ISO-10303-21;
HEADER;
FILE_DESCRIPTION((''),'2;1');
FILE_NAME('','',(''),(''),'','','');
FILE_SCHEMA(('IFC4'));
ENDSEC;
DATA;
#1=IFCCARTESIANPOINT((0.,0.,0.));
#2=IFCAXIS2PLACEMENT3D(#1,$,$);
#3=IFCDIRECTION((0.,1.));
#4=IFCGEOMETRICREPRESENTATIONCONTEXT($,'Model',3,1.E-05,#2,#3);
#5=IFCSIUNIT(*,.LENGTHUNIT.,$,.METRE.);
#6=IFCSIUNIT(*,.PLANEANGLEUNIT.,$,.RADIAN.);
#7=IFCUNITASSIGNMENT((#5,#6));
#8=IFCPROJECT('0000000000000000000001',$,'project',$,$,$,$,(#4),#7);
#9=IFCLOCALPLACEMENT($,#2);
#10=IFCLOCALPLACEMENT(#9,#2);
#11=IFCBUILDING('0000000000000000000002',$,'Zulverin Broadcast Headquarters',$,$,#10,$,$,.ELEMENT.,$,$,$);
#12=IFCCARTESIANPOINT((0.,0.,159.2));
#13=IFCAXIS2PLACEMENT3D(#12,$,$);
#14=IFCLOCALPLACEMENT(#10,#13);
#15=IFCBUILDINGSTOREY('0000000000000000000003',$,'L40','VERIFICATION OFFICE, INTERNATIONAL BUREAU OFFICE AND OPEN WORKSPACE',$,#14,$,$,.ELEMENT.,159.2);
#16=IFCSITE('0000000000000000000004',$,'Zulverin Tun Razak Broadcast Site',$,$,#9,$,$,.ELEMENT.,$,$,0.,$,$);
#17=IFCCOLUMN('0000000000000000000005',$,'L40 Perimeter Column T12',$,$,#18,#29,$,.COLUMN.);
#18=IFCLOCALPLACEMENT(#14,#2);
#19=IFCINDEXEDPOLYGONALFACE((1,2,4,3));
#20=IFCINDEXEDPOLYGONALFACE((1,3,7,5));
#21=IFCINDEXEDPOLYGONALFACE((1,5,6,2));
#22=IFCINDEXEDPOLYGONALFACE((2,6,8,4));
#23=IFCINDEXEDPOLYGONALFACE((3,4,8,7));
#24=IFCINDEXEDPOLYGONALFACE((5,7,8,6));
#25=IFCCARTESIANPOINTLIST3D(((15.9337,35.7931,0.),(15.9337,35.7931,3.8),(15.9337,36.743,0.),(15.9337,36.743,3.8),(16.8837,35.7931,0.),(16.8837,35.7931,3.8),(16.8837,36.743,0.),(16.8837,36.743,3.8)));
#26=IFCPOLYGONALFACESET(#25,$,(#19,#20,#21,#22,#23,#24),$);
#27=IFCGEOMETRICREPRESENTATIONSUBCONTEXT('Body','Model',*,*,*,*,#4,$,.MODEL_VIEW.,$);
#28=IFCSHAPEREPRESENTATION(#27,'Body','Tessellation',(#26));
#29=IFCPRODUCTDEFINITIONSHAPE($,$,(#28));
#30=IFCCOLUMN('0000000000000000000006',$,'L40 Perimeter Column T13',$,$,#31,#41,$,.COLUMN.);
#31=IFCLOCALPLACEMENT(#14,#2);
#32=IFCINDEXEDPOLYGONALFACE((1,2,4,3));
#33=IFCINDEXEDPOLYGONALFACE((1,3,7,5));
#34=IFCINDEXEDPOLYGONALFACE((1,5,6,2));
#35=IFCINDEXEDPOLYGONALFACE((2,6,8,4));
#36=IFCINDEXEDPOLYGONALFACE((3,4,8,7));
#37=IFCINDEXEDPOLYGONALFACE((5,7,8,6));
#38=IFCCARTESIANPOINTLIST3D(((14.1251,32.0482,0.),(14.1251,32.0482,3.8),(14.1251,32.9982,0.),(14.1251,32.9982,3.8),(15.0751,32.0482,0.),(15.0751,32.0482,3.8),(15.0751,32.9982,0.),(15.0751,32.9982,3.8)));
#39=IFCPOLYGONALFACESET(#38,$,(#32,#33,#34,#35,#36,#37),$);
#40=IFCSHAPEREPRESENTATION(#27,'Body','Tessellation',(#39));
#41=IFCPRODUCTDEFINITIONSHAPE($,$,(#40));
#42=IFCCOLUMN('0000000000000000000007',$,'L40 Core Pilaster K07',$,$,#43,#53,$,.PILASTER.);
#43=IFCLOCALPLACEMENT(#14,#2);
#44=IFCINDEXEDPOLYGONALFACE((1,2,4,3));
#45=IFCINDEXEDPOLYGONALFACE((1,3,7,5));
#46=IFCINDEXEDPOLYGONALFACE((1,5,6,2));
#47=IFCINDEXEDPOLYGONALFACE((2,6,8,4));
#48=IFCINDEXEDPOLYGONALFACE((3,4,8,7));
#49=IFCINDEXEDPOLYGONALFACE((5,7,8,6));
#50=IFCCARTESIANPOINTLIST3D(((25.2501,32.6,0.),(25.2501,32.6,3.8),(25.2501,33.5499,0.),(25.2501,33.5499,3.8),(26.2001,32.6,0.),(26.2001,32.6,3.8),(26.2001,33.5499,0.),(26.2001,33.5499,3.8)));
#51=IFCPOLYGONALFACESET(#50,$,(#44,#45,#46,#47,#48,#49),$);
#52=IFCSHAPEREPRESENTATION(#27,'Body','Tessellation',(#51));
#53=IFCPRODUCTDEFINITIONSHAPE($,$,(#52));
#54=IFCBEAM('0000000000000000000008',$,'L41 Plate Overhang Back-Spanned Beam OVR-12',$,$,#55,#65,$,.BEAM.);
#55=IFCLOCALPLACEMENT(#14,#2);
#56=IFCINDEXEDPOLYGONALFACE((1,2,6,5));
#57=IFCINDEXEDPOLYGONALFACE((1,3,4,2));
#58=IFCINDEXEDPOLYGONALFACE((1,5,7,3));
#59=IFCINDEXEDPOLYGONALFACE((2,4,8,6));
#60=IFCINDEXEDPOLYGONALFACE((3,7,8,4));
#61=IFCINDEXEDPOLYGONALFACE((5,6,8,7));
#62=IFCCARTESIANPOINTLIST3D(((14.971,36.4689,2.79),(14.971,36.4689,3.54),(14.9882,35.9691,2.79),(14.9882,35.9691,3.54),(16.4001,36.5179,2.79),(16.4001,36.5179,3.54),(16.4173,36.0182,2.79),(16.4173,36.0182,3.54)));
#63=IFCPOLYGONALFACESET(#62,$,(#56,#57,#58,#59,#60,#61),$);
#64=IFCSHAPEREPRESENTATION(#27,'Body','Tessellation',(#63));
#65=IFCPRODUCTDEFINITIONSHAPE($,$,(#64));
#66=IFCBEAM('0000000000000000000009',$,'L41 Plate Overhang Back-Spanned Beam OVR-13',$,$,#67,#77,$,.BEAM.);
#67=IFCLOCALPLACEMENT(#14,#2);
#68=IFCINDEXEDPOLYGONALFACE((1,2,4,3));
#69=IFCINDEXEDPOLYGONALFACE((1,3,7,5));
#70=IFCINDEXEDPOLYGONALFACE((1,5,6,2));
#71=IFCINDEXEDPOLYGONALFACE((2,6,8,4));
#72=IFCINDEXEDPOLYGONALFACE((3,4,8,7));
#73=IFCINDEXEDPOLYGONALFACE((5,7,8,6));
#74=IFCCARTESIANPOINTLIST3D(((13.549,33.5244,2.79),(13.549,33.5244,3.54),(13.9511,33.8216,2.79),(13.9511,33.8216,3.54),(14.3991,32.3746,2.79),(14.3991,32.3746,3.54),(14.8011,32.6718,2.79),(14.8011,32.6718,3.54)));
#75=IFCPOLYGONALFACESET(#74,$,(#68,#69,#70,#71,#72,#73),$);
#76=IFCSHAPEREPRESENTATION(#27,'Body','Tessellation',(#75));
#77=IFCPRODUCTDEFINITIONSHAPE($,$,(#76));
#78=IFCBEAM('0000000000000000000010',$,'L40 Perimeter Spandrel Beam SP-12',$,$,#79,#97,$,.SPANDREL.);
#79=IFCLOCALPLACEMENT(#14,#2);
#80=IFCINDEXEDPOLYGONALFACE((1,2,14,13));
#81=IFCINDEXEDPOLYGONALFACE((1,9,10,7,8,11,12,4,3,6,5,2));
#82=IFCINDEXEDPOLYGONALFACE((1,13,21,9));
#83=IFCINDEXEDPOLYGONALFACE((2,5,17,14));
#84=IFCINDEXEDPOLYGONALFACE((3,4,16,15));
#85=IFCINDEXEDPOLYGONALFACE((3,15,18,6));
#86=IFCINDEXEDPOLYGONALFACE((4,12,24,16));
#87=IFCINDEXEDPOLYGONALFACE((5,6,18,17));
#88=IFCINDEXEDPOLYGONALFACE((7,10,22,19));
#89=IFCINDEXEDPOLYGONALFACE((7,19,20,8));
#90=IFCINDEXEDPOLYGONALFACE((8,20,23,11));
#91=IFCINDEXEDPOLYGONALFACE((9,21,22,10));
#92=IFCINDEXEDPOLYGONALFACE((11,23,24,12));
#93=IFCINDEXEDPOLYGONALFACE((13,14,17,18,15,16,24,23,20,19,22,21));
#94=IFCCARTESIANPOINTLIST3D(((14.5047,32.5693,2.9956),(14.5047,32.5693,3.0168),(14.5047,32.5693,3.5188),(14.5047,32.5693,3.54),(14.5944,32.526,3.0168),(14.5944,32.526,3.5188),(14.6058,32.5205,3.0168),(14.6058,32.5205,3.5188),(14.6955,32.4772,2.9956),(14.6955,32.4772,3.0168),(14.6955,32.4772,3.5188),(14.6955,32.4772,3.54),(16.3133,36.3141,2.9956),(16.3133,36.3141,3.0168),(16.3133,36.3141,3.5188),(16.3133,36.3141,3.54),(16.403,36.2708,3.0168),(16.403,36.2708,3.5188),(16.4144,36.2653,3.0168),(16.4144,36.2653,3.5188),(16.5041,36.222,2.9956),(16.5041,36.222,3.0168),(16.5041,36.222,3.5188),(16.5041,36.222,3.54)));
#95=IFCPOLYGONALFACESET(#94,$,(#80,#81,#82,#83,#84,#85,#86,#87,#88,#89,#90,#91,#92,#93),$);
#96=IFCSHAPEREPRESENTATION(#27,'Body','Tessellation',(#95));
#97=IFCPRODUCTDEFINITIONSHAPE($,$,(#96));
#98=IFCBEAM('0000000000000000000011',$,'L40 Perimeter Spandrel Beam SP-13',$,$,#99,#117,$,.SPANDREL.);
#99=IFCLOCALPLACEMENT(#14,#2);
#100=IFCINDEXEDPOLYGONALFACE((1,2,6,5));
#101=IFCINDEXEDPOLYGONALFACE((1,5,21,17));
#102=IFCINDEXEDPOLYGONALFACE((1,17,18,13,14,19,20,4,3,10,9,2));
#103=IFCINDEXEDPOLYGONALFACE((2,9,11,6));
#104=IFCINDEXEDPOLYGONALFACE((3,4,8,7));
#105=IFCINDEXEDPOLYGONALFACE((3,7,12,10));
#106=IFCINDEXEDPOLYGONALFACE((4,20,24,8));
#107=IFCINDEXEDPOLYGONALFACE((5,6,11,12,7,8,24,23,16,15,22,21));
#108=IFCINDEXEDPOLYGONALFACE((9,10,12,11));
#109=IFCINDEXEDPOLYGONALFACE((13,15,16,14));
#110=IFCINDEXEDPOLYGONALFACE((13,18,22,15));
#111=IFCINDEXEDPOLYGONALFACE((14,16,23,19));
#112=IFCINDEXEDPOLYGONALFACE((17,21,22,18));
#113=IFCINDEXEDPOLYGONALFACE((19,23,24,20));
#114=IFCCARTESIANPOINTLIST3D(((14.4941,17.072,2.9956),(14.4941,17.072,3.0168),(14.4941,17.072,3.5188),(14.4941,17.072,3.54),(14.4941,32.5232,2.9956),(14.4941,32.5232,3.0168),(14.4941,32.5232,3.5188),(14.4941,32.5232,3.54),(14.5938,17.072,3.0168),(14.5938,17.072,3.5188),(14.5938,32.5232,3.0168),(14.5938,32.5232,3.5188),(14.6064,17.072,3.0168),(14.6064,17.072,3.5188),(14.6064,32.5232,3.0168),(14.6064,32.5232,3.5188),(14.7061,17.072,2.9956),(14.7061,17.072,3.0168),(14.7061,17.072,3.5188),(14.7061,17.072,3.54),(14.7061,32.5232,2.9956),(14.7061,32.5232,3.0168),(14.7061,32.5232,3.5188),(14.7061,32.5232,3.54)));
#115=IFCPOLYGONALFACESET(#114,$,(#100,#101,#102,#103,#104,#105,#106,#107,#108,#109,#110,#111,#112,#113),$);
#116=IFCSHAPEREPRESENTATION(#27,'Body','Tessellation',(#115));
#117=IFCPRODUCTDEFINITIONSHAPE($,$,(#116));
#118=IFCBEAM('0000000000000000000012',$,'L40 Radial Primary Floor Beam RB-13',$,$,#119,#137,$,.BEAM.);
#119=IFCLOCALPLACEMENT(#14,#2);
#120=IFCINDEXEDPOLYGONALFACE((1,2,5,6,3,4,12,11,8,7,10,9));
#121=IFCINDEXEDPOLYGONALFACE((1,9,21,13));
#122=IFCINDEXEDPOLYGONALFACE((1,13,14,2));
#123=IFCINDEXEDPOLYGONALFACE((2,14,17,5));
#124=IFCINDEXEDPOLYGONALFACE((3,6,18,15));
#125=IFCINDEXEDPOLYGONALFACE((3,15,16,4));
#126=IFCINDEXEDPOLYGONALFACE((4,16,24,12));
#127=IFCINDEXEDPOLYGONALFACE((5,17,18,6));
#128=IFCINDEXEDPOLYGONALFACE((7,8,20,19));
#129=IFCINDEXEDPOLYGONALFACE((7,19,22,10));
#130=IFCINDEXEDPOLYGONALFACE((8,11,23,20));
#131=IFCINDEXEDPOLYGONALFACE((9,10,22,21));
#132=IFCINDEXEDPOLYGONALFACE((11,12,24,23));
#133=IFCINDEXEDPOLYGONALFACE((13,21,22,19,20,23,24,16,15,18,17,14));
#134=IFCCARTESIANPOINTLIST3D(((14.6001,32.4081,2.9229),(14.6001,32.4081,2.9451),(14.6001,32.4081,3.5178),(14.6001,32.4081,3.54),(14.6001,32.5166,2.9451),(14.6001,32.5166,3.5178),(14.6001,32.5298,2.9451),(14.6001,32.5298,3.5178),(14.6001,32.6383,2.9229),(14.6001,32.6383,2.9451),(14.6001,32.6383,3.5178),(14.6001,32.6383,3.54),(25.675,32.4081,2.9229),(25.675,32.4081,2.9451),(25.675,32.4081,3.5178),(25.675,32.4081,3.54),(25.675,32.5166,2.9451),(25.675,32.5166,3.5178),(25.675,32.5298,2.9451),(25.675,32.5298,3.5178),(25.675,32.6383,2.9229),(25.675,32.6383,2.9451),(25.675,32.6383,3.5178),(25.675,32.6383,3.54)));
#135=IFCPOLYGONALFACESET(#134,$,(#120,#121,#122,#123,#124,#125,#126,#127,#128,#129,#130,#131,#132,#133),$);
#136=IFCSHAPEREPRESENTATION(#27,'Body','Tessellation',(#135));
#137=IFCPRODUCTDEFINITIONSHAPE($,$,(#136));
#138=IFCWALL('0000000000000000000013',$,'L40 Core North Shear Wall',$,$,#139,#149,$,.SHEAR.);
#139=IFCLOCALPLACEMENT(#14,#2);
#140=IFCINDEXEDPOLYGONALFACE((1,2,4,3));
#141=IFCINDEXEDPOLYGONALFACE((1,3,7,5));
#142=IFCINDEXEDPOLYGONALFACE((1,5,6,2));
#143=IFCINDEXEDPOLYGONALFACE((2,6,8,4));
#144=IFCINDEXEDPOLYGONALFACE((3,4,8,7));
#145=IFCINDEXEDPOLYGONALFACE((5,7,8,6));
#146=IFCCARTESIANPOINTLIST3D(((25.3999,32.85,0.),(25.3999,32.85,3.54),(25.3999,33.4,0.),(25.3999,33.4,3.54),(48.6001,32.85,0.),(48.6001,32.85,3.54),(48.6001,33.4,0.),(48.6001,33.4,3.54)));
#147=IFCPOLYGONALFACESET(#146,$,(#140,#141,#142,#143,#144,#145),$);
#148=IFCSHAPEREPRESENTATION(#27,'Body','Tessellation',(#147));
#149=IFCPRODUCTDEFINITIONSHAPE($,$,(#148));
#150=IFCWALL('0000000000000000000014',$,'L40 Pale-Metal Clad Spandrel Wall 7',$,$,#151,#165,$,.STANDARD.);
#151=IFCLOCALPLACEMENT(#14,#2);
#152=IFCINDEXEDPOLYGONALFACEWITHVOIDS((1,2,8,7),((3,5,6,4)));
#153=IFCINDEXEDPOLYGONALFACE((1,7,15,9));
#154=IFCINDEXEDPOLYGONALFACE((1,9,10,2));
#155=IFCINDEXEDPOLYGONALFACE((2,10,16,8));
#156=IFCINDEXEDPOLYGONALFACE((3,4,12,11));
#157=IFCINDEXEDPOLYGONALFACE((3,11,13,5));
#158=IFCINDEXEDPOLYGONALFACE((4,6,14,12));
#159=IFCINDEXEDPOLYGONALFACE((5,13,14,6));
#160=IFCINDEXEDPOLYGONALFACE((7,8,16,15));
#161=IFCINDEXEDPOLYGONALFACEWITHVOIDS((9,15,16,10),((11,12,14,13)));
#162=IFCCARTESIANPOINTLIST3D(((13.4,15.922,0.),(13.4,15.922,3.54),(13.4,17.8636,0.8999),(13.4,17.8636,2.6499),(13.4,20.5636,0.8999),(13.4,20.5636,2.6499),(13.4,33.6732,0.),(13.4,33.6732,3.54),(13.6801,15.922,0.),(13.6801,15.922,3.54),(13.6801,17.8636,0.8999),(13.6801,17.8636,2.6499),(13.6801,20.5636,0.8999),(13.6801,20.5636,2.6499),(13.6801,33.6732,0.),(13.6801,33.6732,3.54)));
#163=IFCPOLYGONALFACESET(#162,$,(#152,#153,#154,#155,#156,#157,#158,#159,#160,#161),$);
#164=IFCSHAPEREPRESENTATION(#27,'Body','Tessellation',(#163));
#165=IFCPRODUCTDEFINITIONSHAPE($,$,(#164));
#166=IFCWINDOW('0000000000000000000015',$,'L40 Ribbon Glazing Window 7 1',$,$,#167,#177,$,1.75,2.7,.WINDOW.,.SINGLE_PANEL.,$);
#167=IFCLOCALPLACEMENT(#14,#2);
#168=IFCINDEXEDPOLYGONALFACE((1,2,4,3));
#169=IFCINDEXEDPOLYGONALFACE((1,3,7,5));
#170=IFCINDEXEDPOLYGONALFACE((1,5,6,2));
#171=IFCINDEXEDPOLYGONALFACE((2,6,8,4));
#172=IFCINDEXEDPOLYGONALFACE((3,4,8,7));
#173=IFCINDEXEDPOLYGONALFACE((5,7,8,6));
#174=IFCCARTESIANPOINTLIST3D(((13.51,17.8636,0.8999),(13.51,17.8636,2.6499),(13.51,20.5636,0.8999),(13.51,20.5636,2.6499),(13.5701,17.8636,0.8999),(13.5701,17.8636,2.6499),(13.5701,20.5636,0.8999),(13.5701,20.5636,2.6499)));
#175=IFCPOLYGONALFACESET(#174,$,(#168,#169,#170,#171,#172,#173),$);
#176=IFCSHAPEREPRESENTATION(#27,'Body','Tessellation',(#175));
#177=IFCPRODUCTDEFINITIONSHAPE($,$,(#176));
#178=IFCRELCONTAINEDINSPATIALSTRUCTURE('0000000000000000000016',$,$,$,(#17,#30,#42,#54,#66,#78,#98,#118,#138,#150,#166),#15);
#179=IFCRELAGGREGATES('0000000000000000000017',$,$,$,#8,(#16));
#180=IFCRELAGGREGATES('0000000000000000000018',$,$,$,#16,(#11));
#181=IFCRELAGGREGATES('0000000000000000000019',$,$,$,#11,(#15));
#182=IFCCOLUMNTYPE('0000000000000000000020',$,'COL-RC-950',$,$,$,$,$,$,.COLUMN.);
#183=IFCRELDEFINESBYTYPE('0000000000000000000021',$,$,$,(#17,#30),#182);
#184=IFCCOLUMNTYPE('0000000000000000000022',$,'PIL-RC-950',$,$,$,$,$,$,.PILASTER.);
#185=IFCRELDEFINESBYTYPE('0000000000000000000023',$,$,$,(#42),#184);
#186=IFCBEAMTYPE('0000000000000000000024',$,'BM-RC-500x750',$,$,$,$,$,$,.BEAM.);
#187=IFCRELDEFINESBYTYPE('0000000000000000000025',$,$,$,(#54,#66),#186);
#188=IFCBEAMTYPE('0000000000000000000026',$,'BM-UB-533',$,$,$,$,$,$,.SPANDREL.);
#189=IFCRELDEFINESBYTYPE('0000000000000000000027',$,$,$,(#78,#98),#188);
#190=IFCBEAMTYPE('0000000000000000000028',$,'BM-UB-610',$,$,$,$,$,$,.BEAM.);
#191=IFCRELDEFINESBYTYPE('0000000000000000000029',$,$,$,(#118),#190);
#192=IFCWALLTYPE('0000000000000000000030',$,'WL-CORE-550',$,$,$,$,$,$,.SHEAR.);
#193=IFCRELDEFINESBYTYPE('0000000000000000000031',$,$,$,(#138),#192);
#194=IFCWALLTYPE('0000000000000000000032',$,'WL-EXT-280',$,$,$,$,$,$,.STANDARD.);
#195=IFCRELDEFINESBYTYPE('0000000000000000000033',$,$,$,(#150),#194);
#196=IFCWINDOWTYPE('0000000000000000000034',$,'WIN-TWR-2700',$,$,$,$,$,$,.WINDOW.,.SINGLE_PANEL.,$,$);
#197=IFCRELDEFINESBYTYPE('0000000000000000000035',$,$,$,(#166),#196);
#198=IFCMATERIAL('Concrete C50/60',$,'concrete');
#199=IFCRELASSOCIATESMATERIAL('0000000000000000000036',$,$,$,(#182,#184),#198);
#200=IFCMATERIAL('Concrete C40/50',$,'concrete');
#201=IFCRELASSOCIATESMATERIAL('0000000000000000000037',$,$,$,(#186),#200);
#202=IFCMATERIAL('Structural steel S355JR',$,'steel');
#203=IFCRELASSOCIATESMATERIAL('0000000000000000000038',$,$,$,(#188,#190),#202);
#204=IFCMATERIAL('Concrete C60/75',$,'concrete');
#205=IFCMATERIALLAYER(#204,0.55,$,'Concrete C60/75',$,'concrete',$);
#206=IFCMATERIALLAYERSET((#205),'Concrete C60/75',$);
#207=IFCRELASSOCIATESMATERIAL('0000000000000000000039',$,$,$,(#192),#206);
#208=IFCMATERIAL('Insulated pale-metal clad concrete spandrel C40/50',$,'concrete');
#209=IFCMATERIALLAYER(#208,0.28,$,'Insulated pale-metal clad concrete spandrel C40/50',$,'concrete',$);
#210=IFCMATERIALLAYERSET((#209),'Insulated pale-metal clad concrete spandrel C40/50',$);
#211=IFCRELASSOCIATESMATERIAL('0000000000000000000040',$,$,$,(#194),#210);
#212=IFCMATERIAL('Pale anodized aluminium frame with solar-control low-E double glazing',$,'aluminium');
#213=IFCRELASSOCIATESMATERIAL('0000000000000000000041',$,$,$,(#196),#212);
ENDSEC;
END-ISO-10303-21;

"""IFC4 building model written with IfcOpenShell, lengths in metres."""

from ifc_helpers import new_model, si_unit, direction, frame, frame_2d, origin, origin_2d, place, context, subcontext, project, spatial, rectangle, i_section, extrude, material, layer, layer_set, material_profile, profile_set, type_object, element, fill, save


model = new_model("IFC4")

# Units and contexts
model_context = context("Model", 3, precision=1e-05, world=origin(), true_north=direction((0.0, 1.0)))
body_context = subcontext(model_context, "Body", "Model", "MODEL_VIEW")
ifc_project = project(units=[si_unit("LENGTHUNIT", "METRE"), si_unit("PLANEANGLEUNIT", "RADIAN")], contexts=[model_context])

# Site, building, storey
site_placement = place(None, origin())
site = spatial("IfcSite", under=ifc_project, at=site_placement, Name="Zulverin Tun Razak Broadcast Site", CompositionType="ELEMENT", RefElevation=0.0)
building_placement = place(site_placement, origin())
building = spatial("IfcBuilding", under=site, at=building_placement, Name="Zulverin Broadcast Headquarters", CompositionType="ELEMENT")
storey_placement = place(building_placement, frame((0.0, 0.0, 159.2)))
storey = spatial("IfcBuildingStorey", under=building, at=storey_placement, Name="L40", Description="VERIFICATION OFFICE, INTERNATIONAL BUREAU OFFICE AND OPEN WORKSPACE", CompositionType="ELEMENT", Elevation=159.2)

# Columns
ifc_material_1 = material(Name="Concrete C50/60", Category="concrete")
ifc_material_profile_1 = material_profile(ifc_material_1, rectangle(XDim=0.95, YDim=0.95, at=origin_2d()), Name="Concrete C50/60", Category="concrete")
ifc_profile_set_1 = profile_set([ifc_material_profile_1], Name="Concrete C50/60")
column_type_1 = type_object("IfcColumnType", Name="COL-RC-950", PredefinedType="COLUMN", material=ifc_profile_set_1)
for number, where, z_axis, x_axis, name in (
    (1, (16.4087, 36.2681, 0.0), (0.0, 0.0, 1.0), (1.0, 0.0, 0.0), "L40 Perimeter Column T12"),
    (2, (14.6001, 32.5232, 0.0), (0.0, 0.0, 1.0), (1.0, 0.0, 0.0), "L40 Perimeter Column T13"),
):
    element("IfcColumn", number, at=place(storey_placement, frame(where, z_axis=z_axis, x_axis=x_axis)), inside=storey, type_object=column_type_1, Name=name, PredefinedType="COLUMN", context=body_context, shape_type="SweptSolid", body=[
        extrude(rectangle(XDim=0.95, YDim=0.95, at=origin_2d()), origin(), (0.0, 0.0, 1.0), 3.8),
    ])
ifc_material_profile_2 = material_profile(ifc_material_1, rectangle(XDim=0.95, YDim=0.95, at=origin_2d()), Name="Concrete C50/60", Category="concrete")
ifc_profile_set_2 = profile_set([ifc_material_profile_2], Name="Concrete C50/60")
column_type_2 = type_object("IfcColumnType", Name="PIL-RC-950", PredefinedType="PILASTER", material=ifc_profile_set_2)
column_placement = place(storey_placement, frame((25.7251, 33.075, 0.0), z_axis=(0.0, 0.0, 1.0), x_axis=(1.0, 0.0, 0.0)))
element("IfcColumn", 3, at=column_placement, inside=storey, type_object=column_type_2, Name="L40 Core Pilaster K07", PredefinedType="PILASTER", context=body_context, shape_type="SweptSolid", body=[
    extrude(rectangle(XDim=0.95, YDim=0.95, at=origin_2d()), origin(), (0.0, 0.0, 1.0), 3.8),
])

# Beams
ifc_material_2 = material(Name="Concrete C40/50", Category="concrete")
ifc_material_profile_3 = material_profile(ifc_material_2, rectangle(XDim=0.5, YDim=0.75, at=origin_2d()), Name="Concrete C40/50", Category="concrete")
ifc_profile_set_3 = profile_set([ifc_material_profile_3], Name="Concrete C40/50")
beam_type_1 = type_object("IfcBeamType", Name="BM-RC-500x750", PredefinedType="BEAM", material=ifc_profile_set_3)
for number, where, z_axis, x_axis, name in (
    (4, (16.4087, 36.2681, 3.165), (-0.999411, -0.034315, 0.0), (0.034315, -0.999411, 0.0), "L41 Plate Overhang Back-Spanned Beam OVR-12"),
    (5, (14.6001, 32.5232, 3.165), (-0.594468, 0.804119, 0.0), (-0.804119, -0.594468, 0.0), "L41 Plate Overhang Back-Spanned Beam OVR-13"),
):
    element("IfcBeam", number, at=place(storey_placement, frame(where, z_axis=z_axis, x_axis=x_axis)), inside=storey, type_object=beam_type_1, Name=name, PredefinedType="BEAM", context=body_context, shape_type="SweptSolid", body=[
        extrude(rectangle(XDim=0.5, YDim=0.75, at=origin_2d()), origin(), (0.0, 0.0, 1.0), 1.4299),
    ])
ifc_material_3 = material(Name="Structural steel S355JR", Category="steel")
ifc_material_profile_4 = material_profile(ifc_material_3, i_section(OverallWidth=0.2119, OverallDepth=0.5444, WebThickness=0.0127, FlangeThickness=0.0212, at=origin_2d()), Name="Structural steel S355JR", Category="steel")
ifc_profile_set_4 = profile_set([ifc_material_profile_4], Name="Structural steel S355JR")
beam_type_2 = type_object("IfcBeamType", Name="BM-UB-533", PredefinedType="SPANDREL", material=ifc_profile_set_4)
beam_1_placement = place(storey_placement, frame((16.4087, 36.2681, 3.2678), z_axis=(-0.43489, -0.900483, 0.0), x_axis=(0.900483, -0.43489, 0.0)))
element("IfcBeam", 6, at=beam_1_placement, inside=storey, type_object=beam_type_2, Name="L40 Perimeter Spandrel Beam SP-12", PredefinedType="SPANDREL", context=body_context, shape_type="SweptSolid", body=[
    extrude(i_section(OverallWidth=0.2119, OverallDepth=0.5444, WebThickness=0.0127, FlangeThickness=0.0212, at=origin_2d()), origin(), (0.0, 0.0, 1.0), 4.1587),
])
beam_2_placement = place(storey_placement, frame((14.6001, 32.5232, 3.2678), z_axis=(0.0, -1.0, 0.0), x_axis=(1.0, 0.0, 0.0)))
element("IfcBeam", 7, at=beam_2_placement, inside=storey, type_object=beam_type_2, Name="L40 Perimeter Spandrel Beam SP-13", PredefinedType="SPANDREL", context=body_context, shape_type="SweptSolid", body=[
    extrude(i_section(OverallWidth=0.2119, OverallDepth=0.5444, WebThickness=0.0127, FlangeThickness=0.0212, at=origin_2d()), origin(), (0.0, 0.0, 1.0), 15.4512),
])
ifc_material_profile_5 = material_profile(ifc_material_3, i_section(OverallWidth=0.2302, OverallDepth=0.6172, WebThickness=0.0132, FlangeThickness=0.0222, at=origin_2d()), Name="Structural steel S355JR", Category="steel")
ifc_profile_set_5 = profile_set([ifc_material_profile_5], Name="Structural steel S355JR")
beam_type_3 = type_object("IfcBeamType", Name="BM-UB-610", PredefinedType="BEAM", material=ifc_profile_set_5)
beam_3_placement = place(storey_placement, frame((25.675, 32.5232, 3.2314), z_axis=(-1.0, 0.0, 0.0), x_axis=(0.0, -1.0, 0.0)))
element("IfcBeam", 8, at=beam_3_placement, inside=storey, type_object=beam_type_3, Name="L40 Radial Primary Floor Beam RB-13", PredefinedType="BEAM", context=body_context, shape_type="SweptSolid", body=[
    extrude(i_section(OverallWidth=0.2302, OverallDepth=0.6172, WebThickness=0.0132, FlangeThickness=0.0222, at=origin_2d()), origin(), (0.0, 0.0, 1.0), 11.075),
])

# Wall
ifc_material_4 = material(Name="Concrete C60/75", Category="concrete")
ifc_layer_1 = layer(ifc_material_4, 0.55, Name="Concrete C60/75", Category="concrete")
ifc_layer_set_1 = layer_set([ifc_layer_1], Name="Concrete C60/75")
wall_type_1 = type_object("IfcWallType", Name="WL-CORE-550", PredefinedType="SHEAR", material=ifc_layer_set_1)
wall_1_placement = place(storey_placement, frame((25.3999, 33.125, 0.0), z_axis=(0.0, 0.0, 1.0), x_axis=(1.0, 0.0, 0.0)))
element("IfcWall", 9, at=wall_1_placement, inside=storey, type_object=wall_type_1, Name="L40 Core North Shear Wall", PredefinedType="SHEAR", context=body_context, shape_type="SweptSolid", body=[
    extrude(rectangle(XDim=23.2002, YDim=0.55, at=frame_2d((11.6001, 0.0))), origin(), (0.0, 0.0, 1.0), 3.54),
])

# Wall, opening, window
ifc_material_5 = material(Name="Insulated pale-metal clad concrete spandrel C40/50", Category="concrete")
ifc_layer_2 = layer(ifc_material_5, 0.28, Name="Insulated pale-metal clad concrete spandrel C40/50", Category="concrete")
ifc_layer_set_2 = layer_set([ifc_layer_2], Name="Insulated pale-metal clad concrete spandrel C40/50")
wall_type_2 = type_object("IfcWallType", Name="WL-EXT-280", PredefinedType="STANDARD", material=ifc_layer_set_2)
wall_2_placement = place(storey_placement, frame((13.54, 33.6731, 0.0), z_axis=(0.0, 0.0, 1.0), x_axis=(0.0, -1.0, 0.0)))
wall_2 = element("IfcWall", 10, at=wall_2_placement, inside=storey, type_object=wall_type_2, Name="L40 Pale-Metal Clad Spandrel Wall 7", PredefinedType="STANDARD", context=body_context, shape_type="SweptSolid", body=[
    extrude(rectangle(XDim=17.7512, YDim=0.28, at=frame_2d((8.8755, 0.0))), origin(), (0.0, 0.0, 1.0), 3.54),
])
opening_1_placement = place(wall_2_placement, frame((13.1094, 0.0, 0.8999)))
opening_1 = element("IfcOpeningElement", 11, at=opening_1_placement, cuts=wall_2, PredefinedType="OPENING", context=body_context, shape_type="SweptSolid", body=[
    extrude(rectangle(XDim=2.7, YDim=1.75, at=frame_2d((1.3501, 0.875))), frame((0.0, 0.1499, 0.0), z_axis=(0.0, -1.0, 0.0), x_axis=(1.0, 0.0, 0.0)), (0.0, 0.0, 1.0), 0.3),
])
ifc_material_6 = material(Name="Pale anodized aluminium frame with solar-control low-E double glazing", Category="aluminium")
window_type = type_object("IfcWindowType", Name="WIN-TWR-2700", PartitioningType="SINGLE_PANEL", PredefinedType="WINDOW", material=ifc_material_6)
window_placement = place(opening_1_placement, origin())
window = element("IfcWindow", 12, at=window_placement, inside=storey, type_object=window_type, Name="L40 Ribbon Glazing Window 7 1", OverallHeight=1.75, OverallWidth=2.7, PartitioningType="SINGLE_PANEL", PredefinedType="WINDOW", context=body_context, shape_type="SweptSolid", body=[
    extrude(rectangle(XDim=2.7, YDim=1.75, at=frame_2d((1.3501, 0.875))), frame((0.0, 0.03, 0.0), z_axis=(0.0, -1.0, 0.0), x_axis=(1.0, 0.0, 0.0)), (0.0, 0.0, 1.0), 0.0601),
])
fill(opening_1, window)

save(model, "model.ifc")
